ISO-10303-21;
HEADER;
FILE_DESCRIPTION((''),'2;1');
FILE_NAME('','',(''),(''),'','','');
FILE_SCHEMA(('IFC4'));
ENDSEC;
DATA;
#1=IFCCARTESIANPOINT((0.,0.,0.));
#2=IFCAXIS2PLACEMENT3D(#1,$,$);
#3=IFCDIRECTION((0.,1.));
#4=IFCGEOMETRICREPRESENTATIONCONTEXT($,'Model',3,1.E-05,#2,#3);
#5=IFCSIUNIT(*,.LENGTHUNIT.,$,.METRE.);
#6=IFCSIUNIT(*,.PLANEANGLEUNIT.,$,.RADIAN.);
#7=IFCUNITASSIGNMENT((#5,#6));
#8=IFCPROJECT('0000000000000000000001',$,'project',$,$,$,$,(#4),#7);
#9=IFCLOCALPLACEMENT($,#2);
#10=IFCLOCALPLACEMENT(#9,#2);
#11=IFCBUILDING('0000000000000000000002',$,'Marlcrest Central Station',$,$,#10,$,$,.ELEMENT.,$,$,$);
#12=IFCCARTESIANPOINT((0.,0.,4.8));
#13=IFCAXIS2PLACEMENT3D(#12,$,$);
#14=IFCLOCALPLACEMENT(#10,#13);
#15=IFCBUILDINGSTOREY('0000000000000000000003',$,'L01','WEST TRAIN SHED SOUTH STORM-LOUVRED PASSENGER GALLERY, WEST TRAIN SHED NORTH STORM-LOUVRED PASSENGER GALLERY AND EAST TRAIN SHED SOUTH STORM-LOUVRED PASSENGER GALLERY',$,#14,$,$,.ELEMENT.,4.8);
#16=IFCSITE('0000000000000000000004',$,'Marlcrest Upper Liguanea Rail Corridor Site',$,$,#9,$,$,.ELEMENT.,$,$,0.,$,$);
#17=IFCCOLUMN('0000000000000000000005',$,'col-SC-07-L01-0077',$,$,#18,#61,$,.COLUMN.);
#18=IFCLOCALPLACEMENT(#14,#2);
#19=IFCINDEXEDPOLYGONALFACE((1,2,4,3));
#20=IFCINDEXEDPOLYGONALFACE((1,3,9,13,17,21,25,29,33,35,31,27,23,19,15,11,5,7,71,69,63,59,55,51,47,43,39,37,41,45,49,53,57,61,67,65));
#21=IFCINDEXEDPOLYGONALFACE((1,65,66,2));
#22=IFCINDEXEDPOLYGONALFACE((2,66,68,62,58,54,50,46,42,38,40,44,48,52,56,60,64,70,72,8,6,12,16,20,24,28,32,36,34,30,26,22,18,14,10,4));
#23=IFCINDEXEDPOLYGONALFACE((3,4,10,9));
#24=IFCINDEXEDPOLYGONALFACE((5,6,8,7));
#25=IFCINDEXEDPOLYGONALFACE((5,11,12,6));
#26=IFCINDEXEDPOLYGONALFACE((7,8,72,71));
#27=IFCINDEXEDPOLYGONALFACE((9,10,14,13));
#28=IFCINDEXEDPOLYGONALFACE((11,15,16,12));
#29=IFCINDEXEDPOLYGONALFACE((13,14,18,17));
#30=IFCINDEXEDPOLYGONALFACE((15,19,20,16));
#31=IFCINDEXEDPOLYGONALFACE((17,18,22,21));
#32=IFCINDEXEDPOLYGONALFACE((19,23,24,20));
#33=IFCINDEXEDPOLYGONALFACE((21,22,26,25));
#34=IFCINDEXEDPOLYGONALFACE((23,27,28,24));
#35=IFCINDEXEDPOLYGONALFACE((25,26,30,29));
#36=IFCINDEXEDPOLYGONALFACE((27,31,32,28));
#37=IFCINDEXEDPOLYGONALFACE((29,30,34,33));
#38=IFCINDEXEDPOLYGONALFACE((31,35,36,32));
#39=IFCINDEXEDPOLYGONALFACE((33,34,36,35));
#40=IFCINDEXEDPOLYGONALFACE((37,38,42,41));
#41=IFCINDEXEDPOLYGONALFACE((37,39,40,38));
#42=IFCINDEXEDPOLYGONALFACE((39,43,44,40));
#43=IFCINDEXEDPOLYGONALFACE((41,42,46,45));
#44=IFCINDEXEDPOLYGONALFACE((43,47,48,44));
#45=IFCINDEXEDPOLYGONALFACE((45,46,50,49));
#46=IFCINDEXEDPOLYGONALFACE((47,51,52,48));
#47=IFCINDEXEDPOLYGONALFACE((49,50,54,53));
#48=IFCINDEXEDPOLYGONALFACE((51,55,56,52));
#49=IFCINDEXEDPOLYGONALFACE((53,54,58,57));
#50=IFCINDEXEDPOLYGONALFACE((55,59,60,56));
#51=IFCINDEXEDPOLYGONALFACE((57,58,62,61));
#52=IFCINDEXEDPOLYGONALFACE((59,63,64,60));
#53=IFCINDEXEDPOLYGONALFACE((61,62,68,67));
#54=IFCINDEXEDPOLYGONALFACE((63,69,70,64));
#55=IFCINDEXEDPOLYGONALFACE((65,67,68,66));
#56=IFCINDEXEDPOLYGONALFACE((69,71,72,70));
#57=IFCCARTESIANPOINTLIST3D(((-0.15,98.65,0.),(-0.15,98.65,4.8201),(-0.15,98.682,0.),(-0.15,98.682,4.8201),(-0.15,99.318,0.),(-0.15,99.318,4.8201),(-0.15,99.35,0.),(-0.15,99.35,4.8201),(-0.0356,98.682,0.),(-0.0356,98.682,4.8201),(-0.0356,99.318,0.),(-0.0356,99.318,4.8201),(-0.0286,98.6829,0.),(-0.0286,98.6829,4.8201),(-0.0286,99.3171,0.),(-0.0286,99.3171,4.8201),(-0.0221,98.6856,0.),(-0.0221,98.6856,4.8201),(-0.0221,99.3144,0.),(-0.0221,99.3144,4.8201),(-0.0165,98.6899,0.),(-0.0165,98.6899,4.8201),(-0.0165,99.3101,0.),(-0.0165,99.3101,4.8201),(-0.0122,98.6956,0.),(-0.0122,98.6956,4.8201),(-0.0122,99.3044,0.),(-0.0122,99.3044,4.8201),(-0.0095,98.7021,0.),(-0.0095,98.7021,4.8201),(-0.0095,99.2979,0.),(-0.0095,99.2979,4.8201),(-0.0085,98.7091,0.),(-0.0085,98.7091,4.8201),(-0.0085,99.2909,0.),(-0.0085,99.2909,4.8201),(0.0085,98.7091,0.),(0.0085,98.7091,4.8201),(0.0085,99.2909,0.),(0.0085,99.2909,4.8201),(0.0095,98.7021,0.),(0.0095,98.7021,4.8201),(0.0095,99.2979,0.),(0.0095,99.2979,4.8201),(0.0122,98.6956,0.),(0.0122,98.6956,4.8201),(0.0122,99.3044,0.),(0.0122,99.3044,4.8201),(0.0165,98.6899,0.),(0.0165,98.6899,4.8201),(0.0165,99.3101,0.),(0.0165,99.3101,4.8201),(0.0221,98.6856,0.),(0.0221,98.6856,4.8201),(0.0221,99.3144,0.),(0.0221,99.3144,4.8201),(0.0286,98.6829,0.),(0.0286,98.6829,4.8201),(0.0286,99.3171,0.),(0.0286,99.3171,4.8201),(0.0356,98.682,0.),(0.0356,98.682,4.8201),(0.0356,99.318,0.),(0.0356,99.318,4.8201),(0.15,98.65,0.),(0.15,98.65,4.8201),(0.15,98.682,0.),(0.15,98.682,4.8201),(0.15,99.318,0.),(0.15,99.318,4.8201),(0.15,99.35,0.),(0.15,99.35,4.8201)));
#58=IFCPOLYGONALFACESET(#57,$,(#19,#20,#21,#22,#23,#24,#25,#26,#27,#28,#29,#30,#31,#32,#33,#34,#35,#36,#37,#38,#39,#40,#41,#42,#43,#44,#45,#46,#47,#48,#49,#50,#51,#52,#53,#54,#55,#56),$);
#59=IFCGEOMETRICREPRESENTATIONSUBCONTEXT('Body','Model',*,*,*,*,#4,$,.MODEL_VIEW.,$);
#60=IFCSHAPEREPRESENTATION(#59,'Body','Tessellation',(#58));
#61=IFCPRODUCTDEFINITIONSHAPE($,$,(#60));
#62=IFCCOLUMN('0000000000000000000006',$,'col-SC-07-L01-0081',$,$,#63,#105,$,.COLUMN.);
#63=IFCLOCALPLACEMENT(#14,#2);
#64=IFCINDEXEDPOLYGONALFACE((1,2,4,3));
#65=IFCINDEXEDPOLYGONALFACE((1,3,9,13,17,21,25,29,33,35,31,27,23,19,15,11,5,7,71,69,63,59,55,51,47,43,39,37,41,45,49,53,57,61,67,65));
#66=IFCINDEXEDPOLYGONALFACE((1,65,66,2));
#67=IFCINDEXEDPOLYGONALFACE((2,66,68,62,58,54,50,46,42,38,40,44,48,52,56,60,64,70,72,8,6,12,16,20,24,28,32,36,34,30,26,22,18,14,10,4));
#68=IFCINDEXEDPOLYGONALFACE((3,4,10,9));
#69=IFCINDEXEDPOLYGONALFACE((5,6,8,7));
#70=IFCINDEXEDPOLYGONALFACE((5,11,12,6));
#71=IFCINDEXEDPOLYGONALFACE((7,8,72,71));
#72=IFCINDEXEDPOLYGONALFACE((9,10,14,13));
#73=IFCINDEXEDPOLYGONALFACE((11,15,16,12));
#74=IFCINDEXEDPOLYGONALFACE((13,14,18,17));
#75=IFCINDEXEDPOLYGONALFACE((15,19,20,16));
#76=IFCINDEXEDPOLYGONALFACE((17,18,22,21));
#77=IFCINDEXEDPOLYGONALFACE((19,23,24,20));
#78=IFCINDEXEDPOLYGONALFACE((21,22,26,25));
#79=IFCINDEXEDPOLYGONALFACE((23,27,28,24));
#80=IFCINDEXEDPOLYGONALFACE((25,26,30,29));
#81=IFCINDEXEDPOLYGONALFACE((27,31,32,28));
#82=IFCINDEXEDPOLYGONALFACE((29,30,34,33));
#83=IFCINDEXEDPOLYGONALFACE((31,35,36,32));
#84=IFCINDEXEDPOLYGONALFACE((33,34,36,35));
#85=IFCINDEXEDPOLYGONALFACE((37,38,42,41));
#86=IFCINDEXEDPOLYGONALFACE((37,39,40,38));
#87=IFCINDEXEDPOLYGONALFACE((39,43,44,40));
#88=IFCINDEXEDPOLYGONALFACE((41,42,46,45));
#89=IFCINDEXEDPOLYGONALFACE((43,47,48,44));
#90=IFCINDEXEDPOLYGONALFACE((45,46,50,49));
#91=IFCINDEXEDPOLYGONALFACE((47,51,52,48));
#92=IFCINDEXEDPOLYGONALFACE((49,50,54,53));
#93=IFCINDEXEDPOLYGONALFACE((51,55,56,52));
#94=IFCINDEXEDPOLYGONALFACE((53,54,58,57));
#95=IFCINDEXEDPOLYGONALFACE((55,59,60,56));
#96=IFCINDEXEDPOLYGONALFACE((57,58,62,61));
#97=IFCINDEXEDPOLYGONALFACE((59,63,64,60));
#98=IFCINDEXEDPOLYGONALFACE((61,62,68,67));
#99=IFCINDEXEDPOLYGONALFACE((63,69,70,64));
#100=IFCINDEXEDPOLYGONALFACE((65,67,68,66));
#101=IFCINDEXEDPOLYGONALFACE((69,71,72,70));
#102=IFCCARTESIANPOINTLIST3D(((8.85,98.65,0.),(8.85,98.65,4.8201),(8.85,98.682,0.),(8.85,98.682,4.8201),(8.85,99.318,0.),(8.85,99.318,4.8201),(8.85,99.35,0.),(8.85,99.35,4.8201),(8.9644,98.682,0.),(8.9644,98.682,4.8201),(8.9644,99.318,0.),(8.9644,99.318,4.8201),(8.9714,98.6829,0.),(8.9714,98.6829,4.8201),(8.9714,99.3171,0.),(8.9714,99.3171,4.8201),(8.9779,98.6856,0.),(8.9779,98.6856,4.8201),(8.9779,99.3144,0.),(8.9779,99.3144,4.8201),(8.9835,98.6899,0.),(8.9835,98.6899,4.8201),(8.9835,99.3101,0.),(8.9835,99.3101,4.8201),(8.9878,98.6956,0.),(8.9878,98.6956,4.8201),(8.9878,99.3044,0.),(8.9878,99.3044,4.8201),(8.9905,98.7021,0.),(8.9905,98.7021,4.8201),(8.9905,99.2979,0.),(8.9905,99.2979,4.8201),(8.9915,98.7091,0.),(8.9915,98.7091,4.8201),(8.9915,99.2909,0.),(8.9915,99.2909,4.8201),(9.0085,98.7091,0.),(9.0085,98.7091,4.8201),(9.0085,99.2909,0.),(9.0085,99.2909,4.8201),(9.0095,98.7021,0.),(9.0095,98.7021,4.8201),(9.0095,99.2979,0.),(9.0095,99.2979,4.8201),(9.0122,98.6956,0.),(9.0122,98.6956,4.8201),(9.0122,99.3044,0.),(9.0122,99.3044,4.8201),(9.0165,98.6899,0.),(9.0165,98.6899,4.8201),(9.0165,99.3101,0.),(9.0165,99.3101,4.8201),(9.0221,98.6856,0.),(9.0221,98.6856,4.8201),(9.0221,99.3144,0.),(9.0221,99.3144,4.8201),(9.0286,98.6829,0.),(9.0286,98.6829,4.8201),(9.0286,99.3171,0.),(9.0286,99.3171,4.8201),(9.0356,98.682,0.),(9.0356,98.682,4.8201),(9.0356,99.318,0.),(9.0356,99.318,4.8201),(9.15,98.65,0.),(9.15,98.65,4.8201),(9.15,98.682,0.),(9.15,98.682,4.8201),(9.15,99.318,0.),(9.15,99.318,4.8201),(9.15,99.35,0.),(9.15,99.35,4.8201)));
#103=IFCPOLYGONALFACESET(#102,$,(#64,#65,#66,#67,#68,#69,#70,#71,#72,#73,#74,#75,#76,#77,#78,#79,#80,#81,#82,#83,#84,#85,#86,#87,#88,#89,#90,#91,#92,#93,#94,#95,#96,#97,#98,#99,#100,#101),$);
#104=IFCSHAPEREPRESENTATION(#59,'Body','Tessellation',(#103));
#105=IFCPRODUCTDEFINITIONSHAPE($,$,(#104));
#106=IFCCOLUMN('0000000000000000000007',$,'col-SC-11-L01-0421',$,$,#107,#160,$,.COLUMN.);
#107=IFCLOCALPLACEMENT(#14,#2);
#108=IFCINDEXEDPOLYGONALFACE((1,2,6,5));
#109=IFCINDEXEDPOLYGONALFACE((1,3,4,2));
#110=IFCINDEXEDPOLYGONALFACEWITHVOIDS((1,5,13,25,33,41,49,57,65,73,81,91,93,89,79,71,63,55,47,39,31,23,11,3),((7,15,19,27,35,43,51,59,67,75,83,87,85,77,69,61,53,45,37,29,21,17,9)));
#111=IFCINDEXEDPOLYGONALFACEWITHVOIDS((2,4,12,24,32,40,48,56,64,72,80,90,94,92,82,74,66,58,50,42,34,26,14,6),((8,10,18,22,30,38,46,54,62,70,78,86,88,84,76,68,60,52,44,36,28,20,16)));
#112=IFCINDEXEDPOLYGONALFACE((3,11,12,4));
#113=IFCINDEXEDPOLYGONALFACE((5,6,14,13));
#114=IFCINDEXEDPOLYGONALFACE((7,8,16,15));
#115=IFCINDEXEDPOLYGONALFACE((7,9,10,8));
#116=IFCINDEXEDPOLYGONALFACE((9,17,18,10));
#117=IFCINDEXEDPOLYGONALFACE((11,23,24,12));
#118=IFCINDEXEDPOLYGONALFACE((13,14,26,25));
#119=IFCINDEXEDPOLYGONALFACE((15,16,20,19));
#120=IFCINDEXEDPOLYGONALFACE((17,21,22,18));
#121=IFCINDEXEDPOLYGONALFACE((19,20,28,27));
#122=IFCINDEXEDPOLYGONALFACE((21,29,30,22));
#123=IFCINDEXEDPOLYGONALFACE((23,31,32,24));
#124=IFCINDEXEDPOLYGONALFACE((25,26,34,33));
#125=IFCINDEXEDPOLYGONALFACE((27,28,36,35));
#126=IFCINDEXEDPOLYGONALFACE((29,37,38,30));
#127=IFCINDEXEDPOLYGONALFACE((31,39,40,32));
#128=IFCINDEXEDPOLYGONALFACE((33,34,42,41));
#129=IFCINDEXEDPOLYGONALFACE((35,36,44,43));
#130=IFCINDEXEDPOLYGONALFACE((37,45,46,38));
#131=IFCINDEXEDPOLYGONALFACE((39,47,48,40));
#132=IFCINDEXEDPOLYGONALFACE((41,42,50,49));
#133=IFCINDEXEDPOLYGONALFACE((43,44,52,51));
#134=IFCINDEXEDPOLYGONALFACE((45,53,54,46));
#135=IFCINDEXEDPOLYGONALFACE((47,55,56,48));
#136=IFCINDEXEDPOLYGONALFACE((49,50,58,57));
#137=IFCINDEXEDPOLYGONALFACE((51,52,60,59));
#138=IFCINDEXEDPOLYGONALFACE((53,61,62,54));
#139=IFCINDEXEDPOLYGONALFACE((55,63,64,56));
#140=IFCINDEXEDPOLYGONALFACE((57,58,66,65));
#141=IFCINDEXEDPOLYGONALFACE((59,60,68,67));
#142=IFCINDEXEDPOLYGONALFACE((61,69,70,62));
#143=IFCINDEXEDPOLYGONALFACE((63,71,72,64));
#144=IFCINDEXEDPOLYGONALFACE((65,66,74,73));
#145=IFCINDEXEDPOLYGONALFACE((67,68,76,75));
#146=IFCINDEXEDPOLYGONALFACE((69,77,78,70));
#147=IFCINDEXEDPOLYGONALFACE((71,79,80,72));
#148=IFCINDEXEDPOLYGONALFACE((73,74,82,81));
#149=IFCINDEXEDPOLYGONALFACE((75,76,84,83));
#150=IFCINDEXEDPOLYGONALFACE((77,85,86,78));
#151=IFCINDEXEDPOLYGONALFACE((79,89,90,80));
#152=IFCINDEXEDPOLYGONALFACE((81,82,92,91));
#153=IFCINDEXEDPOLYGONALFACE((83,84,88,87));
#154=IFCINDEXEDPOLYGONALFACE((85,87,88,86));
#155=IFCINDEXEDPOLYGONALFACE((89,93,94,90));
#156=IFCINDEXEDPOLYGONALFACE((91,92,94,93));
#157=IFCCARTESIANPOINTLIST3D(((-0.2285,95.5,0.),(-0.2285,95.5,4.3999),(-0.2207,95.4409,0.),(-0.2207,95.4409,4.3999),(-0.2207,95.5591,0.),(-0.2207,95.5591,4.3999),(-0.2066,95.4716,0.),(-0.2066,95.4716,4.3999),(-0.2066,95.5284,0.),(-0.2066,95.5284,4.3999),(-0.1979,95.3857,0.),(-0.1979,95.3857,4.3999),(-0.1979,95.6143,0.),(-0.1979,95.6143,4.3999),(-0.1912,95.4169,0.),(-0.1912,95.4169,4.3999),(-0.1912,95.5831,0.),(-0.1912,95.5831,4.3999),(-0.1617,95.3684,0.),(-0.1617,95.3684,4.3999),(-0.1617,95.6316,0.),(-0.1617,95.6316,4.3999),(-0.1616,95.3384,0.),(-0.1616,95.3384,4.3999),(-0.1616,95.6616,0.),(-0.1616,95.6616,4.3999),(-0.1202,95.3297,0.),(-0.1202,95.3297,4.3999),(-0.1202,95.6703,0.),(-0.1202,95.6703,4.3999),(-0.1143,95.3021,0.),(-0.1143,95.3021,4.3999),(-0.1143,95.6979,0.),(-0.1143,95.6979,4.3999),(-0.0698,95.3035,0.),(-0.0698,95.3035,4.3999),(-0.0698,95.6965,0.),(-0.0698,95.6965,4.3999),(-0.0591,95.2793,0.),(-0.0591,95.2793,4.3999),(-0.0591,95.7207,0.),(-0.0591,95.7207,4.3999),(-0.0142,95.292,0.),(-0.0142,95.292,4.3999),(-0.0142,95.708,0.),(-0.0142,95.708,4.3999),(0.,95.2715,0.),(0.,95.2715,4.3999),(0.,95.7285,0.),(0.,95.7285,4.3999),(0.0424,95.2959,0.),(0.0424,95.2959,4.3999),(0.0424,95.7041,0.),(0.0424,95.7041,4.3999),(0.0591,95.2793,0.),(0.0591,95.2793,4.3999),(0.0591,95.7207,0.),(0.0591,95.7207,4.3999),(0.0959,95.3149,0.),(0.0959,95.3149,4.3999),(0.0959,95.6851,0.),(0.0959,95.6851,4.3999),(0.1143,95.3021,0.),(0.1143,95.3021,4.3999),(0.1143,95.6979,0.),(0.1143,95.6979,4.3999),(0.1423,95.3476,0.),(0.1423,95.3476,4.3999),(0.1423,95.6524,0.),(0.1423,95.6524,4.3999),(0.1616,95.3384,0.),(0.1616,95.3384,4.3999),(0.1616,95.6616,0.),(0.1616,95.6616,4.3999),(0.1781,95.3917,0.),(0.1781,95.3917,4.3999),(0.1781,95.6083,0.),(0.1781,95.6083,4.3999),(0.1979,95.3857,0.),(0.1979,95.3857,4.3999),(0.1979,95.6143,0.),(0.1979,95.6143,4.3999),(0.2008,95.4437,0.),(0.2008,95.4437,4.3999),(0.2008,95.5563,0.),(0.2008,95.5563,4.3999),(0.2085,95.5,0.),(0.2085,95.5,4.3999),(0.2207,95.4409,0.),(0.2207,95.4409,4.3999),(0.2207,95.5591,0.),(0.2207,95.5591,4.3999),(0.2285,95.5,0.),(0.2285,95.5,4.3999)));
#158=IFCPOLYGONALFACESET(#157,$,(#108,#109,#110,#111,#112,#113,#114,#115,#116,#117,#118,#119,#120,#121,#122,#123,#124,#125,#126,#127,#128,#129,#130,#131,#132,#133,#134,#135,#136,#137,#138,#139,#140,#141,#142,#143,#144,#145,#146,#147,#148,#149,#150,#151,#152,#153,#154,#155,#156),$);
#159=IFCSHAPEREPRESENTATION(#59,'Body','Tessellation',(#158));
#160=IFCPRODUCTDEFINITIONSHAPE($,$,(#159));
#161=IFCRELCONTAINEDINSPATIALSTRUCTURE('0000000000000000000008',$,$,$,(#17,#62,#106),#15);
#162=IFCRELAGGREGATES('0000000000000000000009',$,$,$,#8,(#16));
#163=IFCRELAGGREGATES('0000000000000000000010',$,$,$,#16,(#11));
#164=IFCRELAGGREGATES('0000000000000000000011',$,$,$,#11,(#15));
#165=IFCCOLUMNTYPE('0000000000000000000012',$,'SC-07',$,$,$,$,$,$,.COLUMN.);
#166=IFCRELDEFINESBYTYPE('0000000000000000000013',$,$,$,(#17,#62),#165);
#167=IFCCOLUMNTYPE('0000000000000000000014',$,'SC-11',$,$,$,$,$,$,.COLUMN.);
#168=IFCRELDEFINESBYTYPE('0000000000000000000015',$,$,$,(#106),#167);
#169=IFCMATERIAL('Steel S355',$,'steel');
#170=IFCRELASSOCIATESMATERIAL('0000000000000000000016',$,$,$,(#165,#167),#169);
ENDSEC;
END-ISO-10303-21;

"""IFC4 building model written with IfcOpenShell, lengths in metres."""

from ifc_helpers import new_model, si_unit, direction, frame, origin, origin_2d, place, context, subcontext, project, spatial, hollow_circle, i_section, extrude, material, material_profile, profile_set, type_object, element, save


model = new_model("IFC4")

# Units and contexts
model_context = context("Model", 3, precision=1e-05, world=origin(), true_north=direction((0.0, 1.0)))
body_context = subcontext(model_context, "Body", "Model", "MODEL_VIEW")
ifc_project = project(units=[si_unit("LENGTHUNIT", "METRE"), si_unit("PLANEANGLEUNIT", "RADIAN")], contexts=[model_context])

# Site, building, storey
site_placement = place(None, origin())
site = spatial("IfcSite", under=ifc_project, at=site_placement, Name="Marlcrest Upper Liguanea Rail Corridor Site", CompositionType="ELEMENT", RefElevation=0.0)
building_placement = place(site_placement, origin())
building = spatial("IfcBuilding", under=site, at=building_placement, Name="Marlcrest Central Station", CompositionType="ELEMENT")
storey_placement = place(building_placement, frame((0.0, 0.0, 4.8)))
storey = spatial("IfcBuildingStorey", under=building, at=storey_placement, Name="L01", Description="WEST TRAIN SHED SOUTH STORM-LOUVRED PASSENGER GALLERY, WEST TRAIN SHED NORTH STORM-LOUVRED PASSENGER GALLERY AND EAST TRAIN SHED SOUTH STORM-LOUVRED PASSENGER GALLERY", CompositionType="ELEMENT", Elevation=4.8)

# Columns
ifc_material_1 = material(Name="Steel S355", Category="steel")
ifc_material_profile_1 = material_profile(ifc_material_1, i_section(OverallWidth=0.3, OverallDepth=0.7, WebThickness=0.0171, FlangeThickness=0.032, FilletRadius=0.0271, at=origin_2d()), Name="HEB 700")
ifc_profile_set_1 = profile_set([ifc_material_profile_1], Name="Steel S355")
column_type_1 = type_object("IfcColumnType", Name="SC-07", PredefinedType="COLUMN", material=ifc_profile_set_1)
for number, where, z_axis, x_axis, name in (
    (1, (0.0, 99.0, 0.0), (0.0, 0.0, 1.0), (1.0, 0.0, 0.0), "col-SC-07-L01-0077"),
    (2, (9.0, 99.0, 0.0), (0.0, 0.0, 1.0), (1.0, 0.0, 0.0), "col-SC-07-L01-0081"),
):
    element("IfcColumn", number, at=place(storey_placement, frame(where, z_axis=z_axis, x_axis=x_axis)), inside=storey, type_object=column_type_1, Name=name, PredefinedType="COLUMN", context=body_context, shape_type="SweptSolid", body=[
        extrude(i_section(OverallWidth=0.3, OverallDepth=0.7, WebThickness=0.0171, FlangeThickness=0.032, FilletRadius=0.0271, at=origin_2d()), origin(), (0.0, 0.0, 1.0), 4.8201),
    ])
ifc_material_profile_2 = material_profile(ifc_material_1, hollow_circle(Radius=0.2285, WallThickness=0.02, at=origin_2d()), Name="CHS 457x20")
ifc_profile_set_2 = profile_set([ifc_material_profile_2], Name="Steel S355")
column_type_2 = type_object("IfcColumnType", Name="SC-11", PredefinedType="COLUMN", material=ifc_profile_set_2)
for number, where, z_axis, x_axis, name in (
    (3, (0.0, 95.5, 0.0), (0.0, 0.0, 1.0), (1.0, 0.0, 0.0), "col-SC-11-L01-0421"),
):
    element("IfcColumn", number, at=place(storey_placement, frame(where, z_axis=z_axis, x_axis=x_axis)), inside=storey, type_object=column_type_2, Name=name, PredefinedType="COLUMN", context=body_context, shape_type="SweptSolid", body=[
        extrude(hollow_circle(Radius=0.2285, WallThickness=0.02, at=origin_2d()), origin(), (0.0, 0.0, 1.0), 4.3999),
    ])

save(model, "model.ifc")
